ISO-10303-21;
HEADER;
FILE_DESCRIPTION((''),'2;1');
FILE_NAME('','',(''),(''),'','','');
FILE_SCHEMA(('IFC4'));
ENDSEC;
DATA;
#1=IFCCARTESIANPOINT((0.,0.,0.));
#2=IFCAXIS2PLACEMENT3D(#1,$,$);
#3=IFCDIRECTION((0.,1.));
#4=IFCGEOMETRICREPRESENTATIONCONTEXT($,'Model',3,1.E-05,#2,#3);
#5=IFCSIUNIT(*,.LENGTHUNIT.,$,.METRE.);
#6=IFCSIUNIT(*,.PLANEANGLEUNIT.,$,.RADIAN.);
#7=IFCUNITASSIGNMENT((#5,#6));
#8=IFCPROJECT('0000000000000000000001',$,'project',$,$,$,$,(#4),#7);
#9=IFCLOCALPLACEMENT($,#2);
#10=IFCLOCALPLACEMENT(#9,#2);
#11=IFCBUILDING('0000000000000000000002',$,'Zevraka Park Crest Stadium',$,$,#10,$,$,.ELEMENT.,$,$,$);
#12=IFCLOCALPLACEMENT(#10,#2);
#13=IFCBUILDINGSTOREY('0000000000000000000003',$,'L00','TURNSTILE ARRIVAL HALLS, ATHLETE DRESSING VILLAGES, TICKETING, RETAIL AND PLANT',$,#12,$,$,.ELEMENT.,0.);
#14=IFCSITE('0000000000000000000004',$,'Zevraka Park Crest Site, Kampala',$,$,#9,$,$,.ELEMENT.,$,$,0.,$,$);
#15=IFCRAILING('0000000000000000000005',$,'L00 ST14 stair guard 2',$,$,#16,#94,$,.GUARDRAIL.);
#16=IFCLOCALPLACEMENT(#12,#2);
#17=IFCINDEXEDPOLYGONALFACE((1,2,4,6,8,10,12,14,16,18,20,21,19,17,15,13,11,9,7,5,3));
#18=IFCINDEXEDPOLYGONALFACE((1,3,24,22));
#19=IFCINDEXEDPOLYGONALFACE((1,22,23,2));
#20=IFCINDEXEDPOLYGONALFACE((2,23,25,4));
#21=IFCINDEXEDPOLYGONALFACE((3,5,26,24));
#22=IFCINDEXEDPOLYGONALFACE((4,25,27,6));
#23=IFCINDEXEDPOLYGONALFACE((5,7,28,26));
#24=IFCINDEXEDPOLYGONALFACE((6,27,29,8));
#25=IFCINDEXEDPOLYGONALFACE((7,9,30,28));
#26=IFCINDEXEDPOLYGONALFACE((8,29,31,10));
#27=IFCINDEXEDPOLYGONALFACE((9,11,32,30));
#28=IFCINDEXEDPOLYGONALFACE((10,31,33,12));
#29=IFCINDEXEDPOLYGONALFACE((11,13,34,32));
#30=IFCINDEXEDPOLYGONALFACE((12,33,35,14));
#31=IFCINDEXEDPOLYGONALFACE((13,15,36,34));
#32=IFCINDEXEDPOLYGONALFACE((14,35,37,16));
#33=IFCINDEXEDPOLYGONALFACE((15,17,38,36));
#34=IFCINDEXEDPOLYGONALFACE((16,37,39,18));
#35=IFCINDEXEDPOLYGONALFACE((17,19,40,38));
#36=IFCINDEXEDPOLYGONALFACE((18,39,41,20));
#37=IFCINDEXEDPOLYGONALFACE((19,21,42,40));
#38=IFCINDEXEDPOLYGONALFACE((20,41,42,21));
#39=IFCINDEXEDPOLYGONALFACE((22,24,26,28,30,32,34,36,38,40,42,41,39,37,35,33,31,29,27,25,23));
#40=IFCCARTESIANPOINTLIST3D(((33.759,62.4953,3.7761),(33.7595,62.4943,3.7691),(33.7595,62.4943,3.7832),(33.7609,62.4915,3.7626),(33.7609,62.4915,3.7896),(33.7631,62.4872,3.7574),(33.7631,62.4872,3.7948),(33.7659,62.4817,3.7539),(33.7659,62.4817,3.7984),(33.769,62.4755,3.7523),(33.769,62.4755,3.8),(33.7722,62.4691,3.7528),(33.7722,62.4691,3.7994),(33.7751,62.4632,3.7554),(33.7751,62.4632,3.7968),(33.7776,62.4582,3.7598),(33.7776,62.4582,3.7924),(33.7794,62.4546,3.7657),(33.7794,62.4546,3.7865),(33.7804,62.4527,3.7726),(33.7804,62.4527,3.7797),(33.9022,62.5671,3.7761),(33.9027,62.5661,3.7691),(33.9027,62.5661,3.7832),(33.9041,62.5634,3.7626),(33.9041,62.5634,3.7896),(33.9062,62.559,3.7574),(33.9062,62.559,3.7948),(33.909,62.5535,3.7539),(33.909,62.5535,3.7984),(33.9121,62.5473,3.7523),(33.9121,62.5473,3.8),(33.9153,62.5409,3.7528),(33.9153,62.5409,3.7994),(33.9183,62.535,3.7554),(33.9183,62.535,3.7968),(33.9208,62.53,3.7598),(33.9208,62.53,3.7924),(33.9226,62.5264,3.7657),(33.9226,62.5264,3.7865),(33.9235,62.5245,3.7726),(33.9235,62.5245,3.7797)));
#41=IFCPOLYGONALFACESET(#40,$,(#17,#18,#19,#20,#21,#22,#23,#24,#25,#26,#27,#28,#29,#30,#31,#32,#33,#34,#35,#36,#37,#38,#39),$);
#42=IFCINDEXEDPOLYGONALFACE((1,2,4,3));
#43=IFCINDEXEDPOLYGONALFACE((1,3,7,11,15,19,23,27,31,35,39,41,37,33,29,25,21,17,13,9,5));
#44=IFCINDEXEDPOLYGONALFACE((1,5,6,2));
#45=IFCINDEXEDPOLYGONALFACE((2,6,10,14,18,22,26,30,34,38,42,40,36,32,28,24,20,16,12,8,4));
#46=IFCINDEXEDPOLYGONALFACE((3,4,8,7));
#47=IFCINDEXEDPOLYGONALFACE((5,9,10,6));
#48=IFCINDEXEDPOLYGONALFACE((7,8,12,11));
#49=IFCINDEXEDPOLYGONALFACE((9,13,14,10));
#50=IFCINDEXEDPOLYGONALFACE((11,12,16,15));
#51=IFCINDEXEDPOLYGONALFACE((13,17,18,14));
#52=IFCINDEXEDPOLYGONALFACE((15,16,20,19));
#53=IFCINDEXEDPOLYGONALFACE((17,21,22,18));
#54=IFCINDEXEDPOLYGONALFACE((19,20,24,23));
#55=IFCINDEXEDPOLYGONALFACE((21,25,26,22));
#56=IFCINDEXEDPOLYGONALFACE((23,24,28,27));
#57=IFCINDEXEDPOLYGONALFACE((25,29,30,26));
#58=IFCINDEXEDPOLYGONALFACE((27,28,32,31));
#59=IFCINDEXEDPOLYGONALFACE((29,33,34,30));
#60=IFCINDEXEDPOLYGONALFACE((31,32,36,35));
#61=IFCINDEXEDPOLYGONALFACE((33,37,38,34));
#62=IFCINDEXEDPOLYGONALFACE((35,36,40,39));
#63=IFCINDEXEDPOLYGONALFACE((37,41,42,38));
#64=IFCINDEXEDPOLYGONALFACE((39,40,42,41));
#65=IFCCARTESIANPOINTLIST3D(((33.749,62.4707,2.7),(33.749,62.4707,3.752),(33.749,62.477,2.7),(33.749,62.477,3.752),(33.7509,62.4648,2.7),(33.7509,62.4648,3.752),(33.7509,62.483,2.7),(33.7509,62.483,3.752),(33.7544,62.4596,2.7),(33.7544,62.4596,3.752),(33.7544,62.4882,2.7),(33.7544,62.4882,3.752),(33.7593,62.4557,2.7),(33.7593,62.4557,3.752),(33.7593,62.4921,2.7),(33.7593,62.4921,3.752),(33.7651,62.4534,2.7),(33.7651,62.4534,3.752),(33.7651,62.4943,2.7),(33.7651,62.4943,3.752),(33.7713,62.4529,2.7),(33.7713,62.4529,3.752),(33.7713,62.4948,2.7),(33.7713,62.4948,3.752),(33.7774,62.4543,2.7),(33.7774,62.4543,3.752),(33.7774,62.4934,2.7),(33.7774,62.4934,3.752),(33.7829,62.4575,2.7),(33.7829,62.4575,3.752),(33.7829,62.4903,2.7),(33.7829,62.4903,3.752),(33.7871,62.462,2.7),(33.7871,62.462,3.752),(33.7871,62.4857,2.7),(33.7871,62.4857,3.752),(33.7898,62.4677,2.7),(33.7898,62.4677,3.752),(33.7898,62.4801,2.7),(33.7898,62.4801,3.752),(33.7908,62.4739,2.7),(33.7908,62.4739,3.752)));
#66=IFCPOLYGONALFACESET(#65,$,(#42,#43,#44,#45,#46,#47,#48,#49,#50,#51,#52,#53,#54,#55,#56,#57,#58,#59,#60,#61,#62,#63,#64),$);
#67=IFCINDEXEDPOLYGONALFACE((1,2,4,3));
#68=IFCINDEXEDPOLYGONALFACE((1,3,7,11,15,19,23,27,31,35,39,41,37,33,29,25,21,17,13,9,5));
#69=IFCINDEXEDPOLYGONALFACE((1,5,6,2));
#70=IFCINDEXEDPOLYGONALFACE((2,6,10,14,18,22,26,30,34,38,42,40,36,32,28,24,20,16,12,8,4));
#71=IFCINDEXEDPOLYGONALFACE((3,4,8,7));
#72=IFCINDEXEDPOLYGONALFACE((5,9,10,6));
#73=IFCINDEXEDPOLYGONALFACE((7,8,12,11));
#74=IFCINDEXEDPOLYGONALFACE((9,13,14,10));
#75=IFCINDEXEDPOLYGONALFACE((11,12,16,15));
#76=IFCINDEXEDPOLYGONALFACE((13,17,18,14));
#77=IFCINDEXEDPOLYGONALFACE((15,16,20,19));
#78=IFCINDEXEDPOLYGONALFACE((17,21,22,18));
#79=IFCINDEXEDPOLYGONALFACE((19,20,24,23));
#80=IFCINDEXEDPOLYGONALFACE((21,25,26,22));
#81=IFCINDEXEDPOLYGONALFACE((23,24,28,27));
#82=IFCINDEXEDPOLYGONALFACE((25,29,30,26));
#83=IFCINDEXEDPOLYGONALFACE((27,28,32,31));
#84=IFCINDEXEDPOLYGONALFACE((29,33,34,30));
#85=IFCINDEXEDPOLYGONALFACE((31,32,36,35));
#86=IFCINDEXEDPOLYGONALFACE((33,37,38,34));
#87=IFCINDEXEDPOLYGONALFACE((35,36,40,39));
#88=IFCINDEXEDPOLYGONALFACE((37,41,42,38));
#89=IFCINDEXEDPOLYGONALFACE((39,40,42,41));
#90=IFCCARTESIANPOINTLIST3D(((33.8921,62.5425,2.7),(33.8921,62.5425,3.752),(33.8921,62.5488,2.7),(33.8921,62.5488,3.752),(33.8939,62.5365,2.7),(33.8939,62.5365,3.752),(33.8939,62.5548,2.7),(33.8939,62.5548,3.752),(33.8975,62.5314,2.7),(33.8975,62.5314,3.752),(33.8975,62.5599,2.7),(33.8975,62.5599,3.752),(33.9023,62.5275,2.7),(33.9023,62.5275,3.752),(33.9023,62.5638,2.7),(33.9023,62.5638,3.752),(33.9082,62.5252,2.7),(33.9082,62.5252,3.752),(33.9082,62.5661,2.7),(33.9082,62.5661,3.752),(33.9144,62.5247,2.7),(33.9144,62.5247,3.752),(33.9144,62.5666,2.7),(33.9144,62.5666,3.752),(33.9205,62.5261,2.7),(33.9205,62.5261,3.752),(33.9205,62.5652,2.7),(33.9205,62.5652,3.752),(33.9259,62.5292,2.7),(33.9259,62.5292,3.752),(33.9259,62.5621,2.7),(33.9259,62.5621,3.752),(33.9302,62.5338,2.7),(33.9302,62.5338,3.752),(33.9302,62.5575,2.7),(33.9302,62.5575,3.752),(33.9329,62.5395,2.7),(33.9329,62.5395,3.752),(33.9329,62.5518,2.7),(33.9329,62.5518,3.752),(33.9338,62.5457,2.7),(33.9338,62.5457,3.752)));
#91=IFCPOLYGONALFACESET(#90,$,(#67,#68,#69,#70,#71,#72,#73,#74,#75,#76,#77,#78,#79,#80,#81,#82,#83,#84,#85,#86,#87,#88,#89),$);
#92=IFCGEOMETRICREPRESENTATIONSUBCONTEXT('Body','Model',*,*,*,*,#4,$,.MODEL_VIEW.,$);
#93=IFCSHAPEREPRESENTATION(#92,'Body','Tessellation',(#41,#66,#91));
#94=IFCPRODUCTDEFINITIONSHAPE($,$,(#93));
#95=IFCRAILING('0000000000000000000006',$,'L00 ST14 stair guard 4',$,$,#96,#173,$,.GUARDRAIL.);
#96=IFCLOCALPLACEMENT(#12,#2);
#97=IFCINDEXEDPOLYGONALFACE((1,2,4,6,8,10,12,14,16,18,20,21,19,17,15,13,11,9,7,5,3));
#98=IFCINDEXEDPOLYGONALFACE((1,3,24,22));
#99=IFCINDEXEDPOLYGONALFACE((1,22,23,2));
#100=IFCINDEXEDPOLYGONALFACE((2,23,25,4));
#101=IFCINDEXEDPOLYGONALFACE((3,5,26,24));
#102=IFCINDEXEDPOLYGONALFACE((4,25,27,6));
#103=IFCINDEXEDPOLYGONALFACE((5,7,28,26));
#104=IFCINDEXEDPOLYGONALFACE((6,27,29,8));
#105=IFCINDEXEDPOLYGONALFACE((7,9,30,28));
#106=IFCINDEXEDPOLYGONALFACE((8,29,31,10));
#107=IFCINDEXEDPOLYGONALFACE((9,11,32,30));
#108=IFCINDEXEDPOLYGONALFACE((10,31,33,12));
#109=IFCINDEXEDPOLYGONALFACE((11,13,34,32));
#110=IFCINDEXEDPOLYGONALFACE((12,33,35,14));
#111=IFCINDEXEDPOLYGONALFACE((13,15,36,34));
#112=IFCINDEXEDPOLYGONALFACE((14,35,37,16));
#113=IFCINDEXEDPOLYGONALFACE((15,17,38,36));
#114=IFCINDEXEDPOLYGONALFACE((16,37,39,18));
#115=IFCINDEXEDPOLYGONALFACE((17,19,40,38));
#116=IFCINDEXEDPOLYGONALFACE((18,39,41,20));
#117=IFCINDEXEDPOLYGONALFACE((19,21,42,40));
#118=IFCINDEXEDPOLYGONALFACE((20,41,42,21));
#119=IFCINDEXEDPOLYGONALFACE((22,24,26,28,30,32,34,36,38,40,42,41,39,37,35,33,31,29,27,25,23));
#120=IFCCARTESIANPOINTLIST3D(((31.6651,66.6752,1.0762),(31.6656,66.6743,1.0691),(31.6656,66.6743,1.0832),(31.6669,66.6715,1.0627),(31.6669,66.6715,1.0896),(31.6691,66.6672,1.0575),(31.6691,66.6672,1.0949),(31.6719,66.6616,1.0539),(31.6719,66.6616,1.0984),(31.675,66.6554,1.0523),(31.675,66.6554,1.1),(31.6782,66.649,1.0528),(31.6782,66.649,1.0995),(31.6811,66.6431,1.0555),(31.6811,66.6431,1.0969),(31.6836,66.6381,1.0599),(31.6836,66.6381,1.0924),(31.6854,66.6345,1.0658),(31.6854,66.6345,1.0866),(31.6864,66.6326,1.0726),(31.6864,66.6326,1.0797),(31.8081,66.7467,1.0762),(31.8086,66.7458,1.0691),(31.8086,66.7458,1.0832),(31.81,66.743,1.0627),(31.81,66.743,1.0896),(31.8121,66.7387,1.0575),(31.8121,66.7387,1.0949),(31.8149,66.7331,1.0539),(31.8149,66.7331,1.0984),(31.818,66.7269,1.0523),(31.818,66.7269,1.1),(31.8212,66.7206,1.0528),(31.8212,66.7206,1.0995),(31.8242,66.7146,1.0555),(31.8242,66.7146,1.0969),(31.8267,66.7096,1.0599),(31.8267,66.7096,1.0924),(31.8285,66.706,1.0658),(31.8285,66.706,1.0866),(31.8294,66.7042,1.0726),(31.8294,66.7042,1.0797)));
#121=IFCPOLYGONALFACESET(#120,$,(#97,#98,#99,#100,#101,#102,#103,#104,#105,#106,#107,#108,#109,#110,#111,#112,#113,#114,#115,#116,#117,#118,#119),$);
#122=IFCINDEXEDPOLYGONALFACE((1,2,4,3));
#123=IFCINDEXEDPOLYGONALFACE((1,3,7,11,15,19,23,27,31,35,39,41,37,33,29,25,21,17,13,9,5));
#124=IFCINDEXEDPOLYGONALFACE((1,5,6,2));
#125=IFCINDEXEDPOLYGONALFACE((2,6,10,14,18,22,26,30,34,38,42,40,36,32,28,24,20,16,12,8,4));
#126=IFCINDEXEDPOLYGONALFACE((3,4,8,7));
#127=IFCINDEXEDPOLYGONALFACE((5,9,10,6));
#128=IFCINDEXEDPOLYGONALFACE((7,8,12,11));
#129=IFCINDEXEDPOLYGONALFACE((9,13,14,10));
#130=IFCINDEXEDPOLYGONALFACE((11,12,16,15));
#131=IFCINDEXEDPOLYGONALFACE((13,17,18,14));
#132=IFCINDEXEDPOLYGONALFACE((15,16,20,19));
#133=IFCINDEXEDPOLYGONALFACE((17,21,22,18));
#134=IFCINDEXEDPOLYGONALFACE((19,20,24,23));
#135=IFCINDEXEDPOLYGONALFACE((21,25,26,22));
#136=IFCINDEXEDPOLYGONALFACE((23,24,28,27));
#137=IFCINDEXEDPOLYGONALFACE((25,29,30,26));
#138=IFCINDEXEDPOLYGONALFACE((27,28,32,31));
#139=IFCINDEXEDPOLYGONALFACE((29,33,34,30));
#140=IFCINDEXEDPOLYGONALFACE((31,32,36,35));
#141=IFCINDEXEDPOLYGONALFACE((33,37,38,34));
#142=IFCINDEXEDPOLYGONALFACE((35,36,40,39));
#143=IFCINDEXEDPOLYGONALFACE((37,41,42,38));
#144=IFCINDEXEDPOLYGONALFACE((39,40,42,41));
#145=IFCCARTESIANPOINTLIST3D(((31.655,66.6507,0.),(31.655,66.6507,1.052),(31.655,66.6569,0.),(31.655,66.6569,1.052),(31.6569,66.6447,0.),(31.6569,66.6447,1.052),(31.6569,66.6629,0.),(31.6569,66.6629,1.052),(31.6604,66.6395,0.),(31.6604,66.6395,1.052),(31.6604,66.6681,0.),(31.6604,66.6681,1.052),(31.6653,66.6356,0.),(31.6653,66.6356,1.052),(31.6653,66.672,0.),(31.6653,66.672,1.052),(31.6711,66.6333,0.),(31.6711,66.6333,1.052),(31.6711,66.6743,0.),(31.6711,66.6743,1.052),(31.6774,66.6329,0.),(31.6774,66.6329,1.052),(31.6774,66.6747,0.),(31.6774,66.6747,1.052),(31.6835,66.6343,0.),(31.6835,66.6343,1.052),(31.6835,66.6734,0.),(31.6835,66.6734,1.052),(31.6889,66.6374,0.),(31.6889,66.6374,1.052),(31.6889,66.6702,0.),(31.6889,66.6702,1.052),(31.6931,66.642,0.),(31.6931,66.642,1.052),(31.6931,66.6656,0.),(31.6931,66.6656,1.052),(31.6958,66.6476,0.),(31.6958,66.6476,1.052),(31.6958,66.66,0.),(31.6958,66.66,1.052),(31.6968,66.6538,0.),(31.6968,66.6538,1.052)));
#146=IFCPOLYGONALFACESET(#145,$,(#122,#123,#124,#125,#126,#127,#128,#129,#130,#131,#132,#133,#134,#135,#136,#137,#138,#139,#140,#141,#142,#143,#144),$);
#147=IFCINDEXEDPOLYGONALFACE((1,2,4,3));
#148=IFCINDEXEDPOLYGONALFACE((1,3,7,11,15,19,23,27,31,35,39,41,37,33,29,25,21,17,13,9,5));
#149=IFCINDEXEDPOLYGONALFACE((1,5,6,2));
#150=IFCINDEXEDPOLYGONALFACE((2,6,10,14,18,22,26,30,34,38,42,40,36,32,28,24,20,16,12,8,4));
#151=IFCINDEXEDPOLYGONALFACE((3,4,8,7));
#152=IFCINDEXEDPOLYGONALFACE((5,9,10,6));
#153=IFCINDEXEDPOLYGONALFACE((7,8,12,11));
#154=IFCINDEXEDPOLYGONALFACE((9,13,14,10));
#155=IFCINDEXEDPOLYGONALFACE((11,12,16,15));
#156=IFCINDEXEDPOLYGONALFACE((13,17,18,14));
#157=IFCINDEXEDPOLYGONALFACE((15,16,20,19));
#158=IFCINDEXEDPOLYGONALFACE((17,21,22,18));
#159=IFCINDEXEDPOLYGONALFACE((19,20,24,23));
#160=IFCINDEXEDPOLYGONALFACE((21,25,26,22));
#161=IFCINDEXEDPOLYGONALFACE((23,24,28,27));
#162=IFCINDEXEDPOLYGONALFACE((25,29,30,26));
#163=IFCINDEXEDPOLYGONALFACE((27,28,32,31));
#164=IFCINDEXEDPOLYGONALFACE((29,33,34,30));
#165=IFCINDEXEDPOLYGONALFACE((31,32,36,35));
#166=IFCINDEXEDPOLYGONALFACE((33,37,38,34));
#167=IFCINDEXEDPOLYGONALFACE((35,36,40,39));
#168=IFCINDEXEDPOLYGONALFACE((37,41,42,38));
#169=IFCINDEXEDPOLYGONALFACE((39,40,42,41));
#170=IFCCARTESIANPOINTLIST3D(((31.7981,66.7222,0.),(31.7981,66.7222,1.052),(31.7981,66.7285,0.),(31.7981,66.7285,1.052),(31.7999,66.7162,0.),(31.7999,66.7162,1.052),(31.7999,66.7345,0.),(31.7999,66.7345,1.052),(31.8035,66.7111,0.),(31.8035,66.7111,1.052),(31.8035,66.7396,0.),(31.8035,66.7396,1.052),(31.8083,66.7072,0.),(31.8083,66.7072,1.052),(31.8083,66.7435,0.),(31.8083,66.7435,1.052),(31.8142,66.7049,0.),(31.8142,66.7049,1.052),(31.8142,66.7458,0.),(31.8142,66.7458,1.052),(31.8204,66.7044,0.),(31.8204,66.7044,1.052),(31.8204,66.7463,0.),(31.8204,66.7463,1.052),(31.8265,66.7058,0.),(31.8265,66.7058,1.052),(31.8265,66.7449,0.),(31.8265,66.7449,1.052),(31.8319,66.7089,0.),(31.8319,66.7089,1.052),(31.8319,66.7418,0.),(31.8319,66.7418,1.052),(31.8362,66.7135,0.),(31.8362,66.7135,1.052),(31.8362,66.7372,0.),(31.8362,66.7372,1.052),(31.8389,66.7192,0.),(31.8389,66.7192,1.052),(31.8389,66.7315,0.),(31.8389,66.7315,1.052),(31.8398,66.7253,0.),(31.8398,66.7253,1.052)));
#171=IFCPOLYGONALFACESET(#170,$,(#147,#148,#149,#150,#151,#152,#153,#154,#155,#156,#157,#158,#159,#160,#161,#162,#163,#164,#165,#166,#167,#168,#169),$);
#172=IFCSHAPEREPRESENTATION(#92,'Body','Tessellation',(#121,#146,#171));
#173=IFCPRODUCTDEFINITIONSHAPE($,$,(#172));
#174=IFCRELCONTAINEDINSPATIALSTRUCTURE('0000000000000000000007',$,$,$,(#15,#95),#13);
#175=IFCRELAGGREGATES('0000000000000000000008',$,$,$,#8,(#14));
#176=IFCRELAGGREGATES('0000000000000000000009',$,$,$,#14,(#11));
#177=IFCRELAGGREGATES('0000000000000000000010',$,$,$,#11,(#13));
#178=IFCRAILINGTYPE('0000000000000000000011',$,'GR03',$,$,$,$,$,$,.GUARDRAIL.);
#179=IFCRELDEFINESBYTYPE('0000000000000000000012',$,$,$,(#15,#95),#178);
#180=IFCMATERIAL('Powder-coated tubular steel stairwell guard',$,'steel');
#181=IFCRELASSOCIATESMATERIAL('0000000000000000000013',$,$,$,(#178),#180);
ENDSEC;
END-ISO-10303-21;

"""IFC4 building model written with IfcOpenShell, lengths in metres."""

from ifc_helpers import new_model, si_unit, direction, frame, origin, origin_2d, place, context, subcontext, project, spatial, circle, extrude, material, type_object, element, save


model = new_model("IFC4")

# Units and contexts
model_context = context("Model", 3, precision=1e-05, world=origin(), true_north=direction((0.0, 1.0)))
body_context = subcontext(model_context, "Body", "Model", "MODEL_VIEW")
ifc_project = project(units=[si_unit("LENGTHUNIT", "METRE"), si_unit("PLANEANGLEUNIT", "RADIAN")], contexts=[model_context])

# Site, building, storey
site_placement = place(None, origin())
site = spatial("IfcSite", under=ifc_project, at=site_placement, Name="Zevraka Park Crest Site, Kampala", CompositionType="ELEMENT", RefElevation=0.0)
building_placement = place(site_placement, origin())
building = spatial("IfcBuilding", under=site, at=building_placement, Name="Zevraka Park Crest Stadium", CompositionType="ELEMENT")
storey_placement = place(building_placement, origin())
storey = spatial("IfcBuildingStorey", under=building, at=storey_placement, Name="L00", Description="TURNSTILE ARRIVAL HALLS, ATHLETE DRESSING VILLAGES, TICKETING, RETAIL AND PLANT", CompositionType="ELEMENT", Elevation=0.0)

# Railings
ifc_material_1 = material(Name="Powder-coated tubular steel stairwell guard", Category="steel")
railing_type_1 = type_object("IfcRailingType", Name="GR03", PredefinedType="GUARDRAIL", material=ifc_material_1)
railing_1_placement = place(storey_placement, frame((33.7698, 62.4739, 2.7)))
element("IfcRailing", 1, at=railing_1_placement, inside=storey, type_object=railing_type_1, Name="L00 ST14 stair guard 2", PredefinedType="GUARDRAIL", context=body_context, shape_type="SweptSolid", body=[
    extrude(circle(Radius=0.0239, at=origin_2d()), frame((0.0, 0.0, 1.0762), z_axis=(0.893816, 0.448433, 0.0), x_axis=(-0.448433, 0.893816, 0.0)), (0.0, 0.0, 1.0), 0.1602),
    extrude(circle(Radius=0.021, at=origin_2d()), origin(), (0.0, 0.0, 1.0), 1.052),
    extrude(circle(Radius=0.021, at=origin_2d()), frame((0.1431, 0.0718, 0.0)), (0.0, 0.0, 1.0), 1.052),
])
railing_2_placement = place(storey_placement, frame((31.6758, 66.6538, 0.0)))
element("IfcRailing", 2, at=railing_2_placement, inside=storey, type_object=railing_type_1, Name="L00 ST14 stair guard 4", PredefinedType="GUARDRAIL", context=body_context, shape_type="SweptSolid", body=[
    extrude(circle(Radius=0.0239, at=origin_2d()), frame((0.0, 0.0, 1.0762), z_axis=(0.894427, 0.447214, 0.0), x_axis=(-0.447214, 0.894427, 0.0)), (0.0, 0.0, 1.0), 0.1599),
    extrude(circle(Radius=0.021, at=origin_2d()), origin(), (0.0, 0.0, 1.0), 1.052),
    extrude(circle(Radius=0.021, at=origin_2d()), frame((0.1431, 0.0715, 0.0)), (0.0, 0.0, 1.0), 1.052),
])

save(model, "model.ifc")
